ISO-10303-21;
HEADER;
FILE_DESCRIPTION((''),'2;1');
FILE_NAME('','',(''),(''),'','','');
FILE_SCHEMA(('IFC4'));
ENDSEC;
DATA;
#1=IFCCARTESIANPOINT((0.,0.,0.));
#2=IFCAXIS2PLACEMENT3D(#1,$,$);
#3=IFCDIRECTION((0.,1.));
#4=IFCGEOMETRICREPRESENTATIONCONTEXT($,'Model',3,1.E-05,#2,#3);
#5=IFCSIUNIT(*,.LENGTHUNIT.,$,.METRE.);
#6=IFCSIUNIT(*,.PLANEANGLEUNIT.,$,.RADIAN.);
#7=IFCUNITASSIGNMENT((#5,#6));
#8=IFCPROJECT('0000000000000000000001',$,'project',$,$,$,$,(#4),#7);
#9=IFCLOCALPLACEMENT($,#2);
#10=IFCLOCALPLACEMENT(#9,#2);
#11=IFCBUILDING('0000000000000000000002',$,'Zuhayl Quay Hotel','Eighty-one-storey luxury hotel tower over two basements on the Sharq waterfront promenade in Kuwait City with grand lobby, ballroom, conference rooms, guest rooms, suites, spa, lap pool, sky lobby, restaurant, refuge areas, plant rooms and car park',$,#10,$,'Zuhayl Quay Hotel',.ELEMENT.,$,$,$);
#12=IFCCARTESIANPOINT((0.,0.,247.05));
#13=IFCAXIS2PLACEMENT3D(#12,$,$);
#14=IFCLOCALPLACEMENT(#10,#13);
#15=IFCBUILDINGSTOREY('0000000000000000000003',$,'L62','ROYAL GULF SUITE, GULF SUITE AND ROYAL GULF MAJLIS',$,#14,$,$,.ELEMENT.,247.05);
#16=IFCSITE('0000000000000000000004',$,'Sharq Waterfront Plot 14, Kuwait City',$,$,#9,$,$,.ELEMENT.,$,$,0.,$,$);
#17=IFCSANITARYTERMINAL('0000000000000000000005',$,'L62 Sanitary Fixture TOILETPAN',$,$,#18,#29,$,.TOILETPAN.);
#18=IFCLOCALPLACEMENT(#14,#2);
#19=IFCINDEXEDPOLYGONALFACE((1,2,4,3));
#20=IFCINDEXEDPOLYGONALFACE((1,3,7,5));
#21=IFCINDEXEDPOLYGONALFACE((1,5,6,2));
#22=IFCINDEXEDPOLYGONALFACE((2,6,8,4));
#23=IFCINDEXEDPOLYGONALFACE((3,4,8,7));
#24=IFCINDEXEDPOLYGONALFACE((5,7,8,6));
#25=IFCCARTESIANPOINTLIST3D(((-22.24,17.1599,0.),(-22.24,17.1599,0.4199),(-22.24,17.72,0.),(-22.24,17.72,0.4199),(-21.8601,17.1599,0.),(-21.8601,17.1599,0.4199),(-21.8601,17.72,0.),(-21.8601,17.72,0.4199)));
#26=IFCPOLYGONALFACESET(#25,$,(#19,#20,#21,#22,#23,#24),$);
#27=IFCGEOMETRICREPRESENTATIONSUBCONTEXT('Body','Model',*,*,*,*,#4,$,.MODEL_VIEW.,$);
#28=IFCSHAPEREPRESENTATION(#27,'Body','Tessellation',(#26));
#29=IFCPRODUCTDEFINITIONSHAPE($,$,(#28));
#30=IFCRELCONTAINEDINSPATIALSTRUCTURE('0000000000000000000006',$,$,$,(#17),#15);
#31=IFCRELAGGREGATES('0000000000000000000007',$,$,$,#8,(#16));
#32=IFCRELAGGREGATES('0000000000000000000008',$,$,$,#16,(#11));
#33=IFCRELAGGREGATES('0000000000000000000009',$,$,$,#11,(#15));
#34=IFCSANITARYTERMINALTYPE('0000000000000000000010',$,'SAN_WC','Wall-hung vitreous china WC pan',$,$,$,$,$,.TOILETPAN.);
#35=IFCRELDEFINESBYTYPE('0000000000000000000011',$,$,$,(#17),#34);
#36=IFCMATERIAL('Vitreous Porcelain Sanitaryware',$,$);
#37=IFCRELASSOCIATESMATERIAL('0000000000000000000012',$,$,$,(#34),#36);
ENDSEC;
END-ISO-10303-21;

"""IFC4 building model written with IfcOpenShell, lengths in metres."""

from ifc_helpers import new_model, si_unit, direction, frame, origin, origin_2d, place, context, subcontext, project, spatial, rectangle, extrude, material, type_object, element, save


model = new_model("IFC4")

# Units and contexts
model_context = context("Model", 3, precision=1e-05, world=origin(), true_north=direction((0.0, 1.0)))
body_context = subcontext(model_context, "Body", "Model", "MODEL_VIEW")
ifc_project = project(units=[si_unit("LENGTHUNIT", "METRE"), si_unit("PLANEANGLEUNIT", "RADIAN")], contexts=[model_context])

# Site, building, storey
site_placement = place(None, origin())
site = spatial("IfcSite", under=ifc_project, at=site_placement, Name="Sharq Waterfront Plot 14, Kuwait City", CompositionType="ELEMENT", RefElevation=0.0)
building_placement = place(site_placement, origin())
building = spatial("IfcBuilding", under=site, at=building_placement, Name="Zuhayl Quay Hotel", Description="Eighty-one-storey luxury hotel tower over two basements on the Sharq waterfront promenade in Kuwait City with grand lobby, ballroom, conference rooms, guest rooms, suites, spa, lap pool, sky lobby, restaurant, refuge areas, plant rooms and car park", LongName="Zuhayl Quay Hotel", CompositionType="ELEMENT")
storey_placement = place(building_placement, frame((0.0, 0.0, 247.05)))
storey = spatial("IfcBuildingStorey", under=building, at=storey_placement, Name="L62", Description="ROYAL GULF SUITE, GULF SUITE AND ROYAL GULF MAJLIS", CompositionType="ELEMENT", Elevation=247.05)

# Sanitary terminal
ifc_material_1 = material(Name="Vitreous Porcelain Sanitaryware")
sanitary_terminal_type_1 = type_object("IfcSanitaryTerminalType", Name="SAN_WC", Description="Wall-hung vitreous china WC pan", PredefinedType="TOILETPAN", material=ifc_material_1)
sanitary_terminal_1_placement = place(storey_placement, frame((-22.05, 17.4399, 0.0), z_axis=(0.0, 0.0, 1.0), x_axis=(1.0, 0.0, 0.0)))
element("IfcSanitaryTerminal", 1, at=sanitary_terminal_1_placement, inside=storey, type_object=sanitary_terminal_type_1, Name="L62 Sanitary Fixture TOILETPAN", PredefinedType="TOILETPAN", context=body_context, shape_type="SweptSolid", body=[
    extrude(rectangle(XDim=0.3799, YDim=0.5601, at=origin_2d()), origin(), (0.0, 0.0, 1.0), 0.4199),
])

save(model, "model.ifc")
